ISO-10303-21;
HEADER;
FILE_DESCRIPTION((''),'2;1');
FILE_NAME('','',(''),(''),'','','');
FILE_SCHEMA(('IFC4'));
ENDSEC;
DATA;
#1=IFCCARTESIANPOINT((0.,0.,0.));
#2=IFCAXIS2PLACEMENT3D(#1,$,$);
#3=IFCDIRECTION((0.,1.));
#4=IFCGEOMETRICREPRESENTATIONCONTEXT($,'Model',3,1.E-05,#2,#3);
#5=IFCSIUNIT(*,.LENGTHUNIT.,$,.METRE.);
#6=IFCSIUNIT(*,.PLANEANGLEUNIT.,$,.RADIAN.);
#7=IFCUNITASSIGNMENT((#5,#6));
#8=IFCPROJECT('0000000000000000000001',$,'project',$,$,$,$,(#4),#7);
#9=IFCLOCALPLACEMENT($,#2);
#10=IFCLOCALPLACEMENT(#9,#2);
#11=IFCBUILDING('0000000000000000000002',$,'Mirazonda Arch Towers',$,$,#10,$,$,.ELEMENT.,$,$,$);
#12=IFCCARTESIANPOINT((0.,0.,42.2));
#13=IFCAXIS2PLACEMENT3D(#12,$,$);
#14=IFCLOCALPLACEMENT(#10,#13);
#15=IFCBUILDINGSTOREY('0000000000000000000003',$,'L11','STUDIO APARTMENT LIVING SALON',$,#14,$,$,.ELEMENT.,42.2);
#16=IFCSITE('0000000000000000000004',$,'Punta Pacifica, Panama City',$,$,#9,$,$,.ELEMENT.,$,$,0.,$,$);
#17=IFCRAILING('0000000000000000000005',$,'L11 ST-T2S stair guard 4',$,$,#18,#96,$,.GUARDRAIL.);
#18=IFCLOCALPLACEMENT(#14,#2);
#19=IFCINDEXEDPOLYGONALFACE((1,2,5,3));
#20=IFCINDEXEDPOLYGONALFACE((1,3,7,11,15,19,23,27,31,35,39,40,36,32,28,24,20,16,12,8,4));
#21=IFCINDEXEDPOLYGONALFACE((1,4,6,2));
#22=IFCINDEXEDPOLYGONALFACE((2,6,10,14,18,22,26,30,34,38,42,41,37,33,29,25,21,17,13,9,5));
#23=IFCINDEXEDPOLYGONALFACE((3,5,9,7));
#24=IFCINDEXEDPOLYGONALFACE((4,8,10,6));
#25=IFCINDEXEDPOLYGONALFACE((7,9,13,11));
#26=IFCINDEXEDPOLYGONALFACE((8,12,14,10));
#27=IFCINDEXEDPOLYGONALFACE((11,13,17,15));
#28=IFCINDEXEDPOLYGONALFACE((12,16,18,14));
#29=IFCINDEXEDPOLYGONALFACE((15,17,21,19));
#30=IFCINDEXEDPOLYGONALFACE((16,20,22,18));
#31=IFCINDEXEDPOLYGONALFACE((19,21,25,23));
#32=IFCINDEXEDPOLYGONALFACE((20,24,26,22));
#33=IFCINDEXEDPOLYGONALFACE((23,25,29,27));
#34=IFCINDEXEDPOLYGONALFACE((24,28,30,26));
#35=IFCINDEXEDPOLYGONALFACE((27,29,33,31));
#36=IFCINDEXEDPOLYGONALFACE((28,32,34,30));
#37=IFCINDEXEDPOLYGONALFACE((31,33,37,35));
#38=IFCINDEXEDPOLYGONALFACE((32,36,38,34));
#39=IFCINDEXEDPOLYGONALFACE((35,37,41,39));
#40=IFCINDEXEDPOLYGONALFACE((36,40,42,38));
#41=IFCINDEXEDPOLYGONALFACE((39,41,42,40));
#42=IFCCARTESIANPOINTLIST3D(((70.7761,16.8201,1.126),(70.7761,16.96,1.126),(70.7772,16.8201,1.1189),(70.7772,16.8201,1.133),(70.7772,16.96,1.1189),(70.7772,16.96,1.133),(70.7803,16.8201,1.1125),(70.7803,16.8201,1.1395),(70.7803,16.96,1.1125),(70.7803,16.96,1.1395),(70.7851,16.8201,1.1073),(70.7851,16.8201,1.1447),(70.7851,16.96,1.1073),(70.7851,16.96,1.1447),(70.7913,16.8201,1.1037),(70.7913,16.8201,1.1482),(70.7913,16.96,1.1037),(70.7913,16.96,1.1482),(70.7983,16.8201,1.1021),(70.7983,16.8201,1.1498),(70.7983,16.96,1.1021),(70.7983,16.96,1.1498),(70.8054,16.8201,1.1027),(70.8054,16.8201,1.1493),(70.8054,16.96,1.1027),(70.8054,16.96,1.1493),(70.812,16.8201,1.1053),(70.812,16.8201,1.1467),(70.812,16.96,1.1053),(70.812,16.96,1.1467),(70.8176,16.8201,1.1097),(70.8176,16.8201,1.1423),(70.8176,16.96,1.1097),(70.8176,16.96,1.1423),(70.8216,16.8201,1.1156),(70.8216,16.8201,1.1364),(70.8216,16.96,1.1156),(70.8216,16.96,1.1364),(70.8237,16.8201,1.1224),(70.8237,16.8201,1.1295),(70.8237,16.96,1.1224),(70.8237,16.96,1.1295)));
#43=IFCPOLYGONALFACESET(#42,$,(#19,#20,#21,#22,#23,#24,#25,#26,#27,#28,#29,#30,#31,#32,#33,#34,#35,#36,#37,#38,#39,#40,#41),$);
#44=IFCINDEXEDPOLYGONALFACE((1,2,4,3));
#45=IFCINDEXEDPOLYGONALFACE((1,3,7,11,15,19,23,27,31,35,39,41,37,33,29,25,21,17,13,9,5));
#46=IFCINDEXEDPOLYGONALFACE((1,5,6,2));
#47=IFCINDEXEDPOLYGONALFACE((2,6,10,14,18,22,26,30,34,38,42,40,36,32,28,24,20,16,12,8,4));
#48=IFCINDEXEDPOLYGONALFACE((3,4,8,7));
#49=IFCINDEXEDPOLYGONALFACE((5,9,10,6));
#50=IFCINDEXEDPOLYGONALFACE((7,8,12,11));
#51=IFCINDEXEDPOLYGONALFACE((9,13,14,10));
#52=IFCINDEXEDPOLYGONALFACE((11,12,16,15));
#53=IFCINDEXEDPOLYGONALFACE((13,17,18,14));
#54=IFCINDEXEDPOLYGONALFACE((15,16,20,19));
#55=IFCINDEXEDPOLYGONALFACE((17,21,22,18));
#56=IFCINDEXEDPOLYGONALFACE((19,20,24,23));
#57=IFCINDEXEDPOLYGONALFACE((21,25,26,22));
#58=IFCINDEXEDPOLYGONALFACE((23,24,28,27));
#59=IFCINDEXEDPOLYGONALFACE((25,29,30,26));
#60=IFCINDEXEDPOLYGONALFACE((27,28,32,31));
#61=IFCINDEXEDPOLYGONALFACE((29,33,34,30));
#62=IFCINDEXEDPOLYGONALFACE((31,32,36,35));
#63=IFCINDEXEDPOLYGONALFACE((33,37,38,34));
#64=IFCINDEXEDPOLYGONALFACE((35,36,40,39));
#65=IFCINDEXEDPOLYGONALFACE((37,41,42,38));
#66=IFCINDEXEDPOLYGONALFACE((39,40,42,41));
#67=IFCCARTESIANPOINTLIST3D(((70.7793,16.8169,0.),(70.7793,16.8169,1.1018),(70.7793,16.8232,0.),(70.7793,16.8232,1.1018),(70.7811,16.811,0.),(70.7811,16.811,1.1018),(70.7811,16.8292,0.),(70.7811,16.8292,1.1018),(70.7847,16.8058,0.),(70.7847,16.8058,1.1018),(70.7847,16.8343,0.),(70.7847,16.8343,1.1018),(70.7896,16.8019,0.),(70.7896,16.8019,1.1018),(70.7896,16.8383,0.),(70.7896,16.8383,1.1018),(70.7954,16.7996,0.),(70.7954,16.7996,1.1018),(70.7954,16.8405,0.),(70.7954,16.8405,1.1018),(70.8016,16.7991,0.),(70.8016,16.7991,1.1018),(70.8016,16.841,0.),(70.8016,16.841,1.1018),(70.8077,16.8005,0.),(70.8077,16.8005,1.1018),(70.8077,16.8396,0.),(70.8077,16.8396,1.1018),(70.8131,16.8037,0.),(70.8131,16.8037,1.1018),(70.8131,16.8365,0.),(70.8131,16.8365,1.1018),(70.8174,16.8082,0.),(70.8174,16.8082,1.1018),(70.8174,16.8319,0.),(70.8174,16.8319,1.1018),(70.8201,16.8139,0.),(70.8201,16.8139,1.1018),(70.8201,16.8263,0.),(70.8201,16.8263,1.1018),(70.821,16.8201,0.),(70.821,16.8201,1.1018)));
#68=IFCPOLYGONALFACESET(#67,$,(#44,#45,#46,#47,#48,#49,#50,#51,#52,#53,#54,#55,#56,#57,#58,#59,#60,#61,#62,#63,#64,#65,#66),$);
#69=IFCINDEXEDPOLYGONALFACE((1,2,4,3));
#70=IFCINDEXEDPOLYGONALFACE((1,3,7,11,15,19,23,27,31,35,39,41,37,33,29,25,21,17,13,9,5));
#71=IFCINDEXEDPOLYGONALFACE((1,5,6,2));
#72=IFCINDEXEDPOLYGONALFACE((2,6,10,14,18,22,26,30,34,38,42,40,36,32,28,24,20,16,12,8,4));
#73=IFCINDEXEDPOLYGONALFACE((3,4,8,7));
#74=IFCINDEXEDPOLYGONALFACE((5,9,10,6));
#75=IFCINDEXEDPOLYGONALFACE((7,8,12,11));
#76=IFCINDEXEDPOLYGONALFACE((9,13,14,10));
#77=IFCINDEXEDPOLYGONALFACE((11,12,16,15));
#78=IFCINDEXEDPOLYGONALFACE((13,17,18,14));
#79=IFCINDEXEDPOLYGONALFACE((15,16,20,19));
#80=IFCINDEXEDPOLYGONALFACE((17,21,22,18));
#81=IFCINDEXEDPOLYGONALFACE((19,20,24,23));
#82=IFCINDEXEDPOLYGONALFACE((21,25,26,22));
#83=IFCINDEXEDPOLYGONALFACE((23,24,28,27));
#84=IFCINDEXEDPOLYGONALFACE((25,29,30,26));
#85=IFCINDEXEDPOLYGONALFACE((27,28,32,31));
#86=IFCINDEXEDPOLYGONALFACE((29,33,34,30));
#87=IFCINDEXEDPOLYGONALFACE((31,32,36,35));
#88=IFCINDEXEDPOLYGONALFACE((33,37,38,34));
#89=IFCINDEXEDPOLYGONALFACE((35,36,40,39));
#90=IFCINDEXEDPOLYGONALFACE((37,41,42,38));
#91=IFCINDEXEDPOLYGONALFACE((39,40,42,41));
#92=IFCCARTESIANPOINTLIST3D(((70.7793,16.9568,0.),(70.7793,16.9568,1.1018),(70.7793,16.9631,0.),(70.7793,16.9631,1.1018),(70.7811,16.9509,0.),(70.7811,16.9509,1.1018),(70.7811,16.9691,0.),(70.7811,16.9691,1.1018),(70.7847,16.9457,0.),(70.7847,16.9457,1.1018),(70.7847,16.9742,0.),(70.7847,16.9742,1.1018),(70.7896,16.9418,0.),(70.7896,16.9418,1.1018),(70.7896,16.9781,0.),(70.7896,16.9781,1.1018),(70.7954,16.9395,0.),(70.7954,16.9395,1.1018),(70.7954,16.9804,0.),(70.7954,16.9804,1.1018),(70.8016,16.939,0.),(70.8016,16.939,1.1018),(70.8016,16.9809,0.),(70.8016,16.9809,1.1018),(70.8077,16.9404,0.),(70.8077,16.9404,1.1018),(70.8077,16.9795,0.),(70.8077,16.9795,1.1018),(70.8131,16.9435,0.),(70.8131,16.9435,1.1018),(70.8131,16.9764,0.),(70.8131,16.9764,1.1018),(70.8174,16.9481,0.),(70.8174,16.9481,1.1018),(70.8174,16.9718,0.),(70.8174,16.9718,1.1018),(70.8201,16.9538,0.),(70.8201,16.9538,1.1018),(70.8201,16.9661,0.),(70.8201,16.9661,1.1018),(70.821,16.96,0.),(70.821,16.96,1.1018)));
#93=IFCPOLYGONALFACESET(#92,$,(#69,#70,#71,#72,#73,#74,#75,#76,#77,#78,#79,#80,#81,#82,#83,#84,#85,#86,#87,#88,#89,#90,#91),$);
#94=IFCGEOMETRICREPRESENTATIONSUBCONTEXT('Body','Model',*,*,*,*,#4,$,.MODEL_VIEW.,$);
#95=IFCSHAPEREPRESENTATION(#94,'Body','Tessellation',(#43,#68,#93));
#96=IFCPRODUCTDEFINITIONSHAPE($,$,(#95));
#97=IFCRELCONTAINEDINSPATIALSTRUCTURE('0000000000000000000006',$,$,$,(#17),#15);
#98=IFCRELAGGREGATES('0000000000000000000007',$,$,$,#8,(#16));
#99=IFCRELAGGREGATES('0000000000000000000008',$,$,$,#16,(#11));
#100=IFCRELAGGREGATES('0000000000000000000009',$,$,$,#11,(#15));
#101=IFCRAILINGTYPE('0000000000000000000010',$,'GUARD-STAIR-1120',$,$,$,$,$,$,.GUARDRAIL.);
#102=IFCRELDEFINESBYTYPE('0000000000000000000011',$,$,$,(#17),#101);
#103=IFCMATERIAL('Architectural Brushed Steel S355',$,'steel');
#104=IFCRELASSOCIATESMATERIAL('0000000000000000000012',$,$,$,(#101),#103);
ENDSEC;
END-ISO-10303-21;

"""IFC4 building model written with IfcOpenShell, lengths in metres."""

from ifc_helpers import new_model, si_unit, direction, frame, origin, origin_2d, place, context, subcontext, project, spatial, circle, extrude, material, type_object, element, save


model = new_model("IFC4")

# Units and contexts
model_context = context("Model", 3, precision=1e-05, world=origin(), true_north=direction((0.0, 1.0)))
body_context = subcontext(model_context, "Body", "Model", "MODEL_VIEW")
ifc_project = project(units=[si_unit("LENGTHUNIT", "METRE"), si_unit("PLANEANGLEUNIT", "RADIAN")], contexts=[model_context])

# Site, building, storey
site_placement = place(None, origin())
site = spatial("IfcSite", under=ifc_project, at=site_placement, Name="Punta Pacifica, Panama City", CompositionType="ELEMENT", RefElevation=0.0)
building_placement = place(site_placement, origin())
building = spatial("IfcBuilding", under=site, at=building_placement, Name="Mirazonda Arch Towers", CompositionType="ELEMENT")
storey_placement = place(building_placement, frame((0.0, 0.0, 42.2)))
storey = spatial("IfcBuildingStorey", under=building, at=storey_placement, Name="L11", Description="STUDIO APARTMENT LIVING SALON", CompositionType="ELEMENT", Elevation=42.2)

# Shared definitions
ifc_material_1 = material(Name="Architectural Brushed Steel S355", Category="steel")

# Railing
railing_type_1 = type_object("IfcRailingType", Name="GUARD-STAIR-1120", PredefinedType="GUARDRAIL", material=ifc_material_1)
railing_1_placement = place(storey_placement, frame((70.8, 16.8201, 0.0)))
element("IfcRailing", 1, at=railing_1_placement, inside=storey, type_object=railing_type_1, Name="L11 ST-T2S stair guard 4", PredefinedType="GUARDRAIL", context=body_context, shape_type="SweptSolid", body=[
    extrude(circle(Radius=0.0239, at=origin_2d()), frame((0.0, 0.0, 1.126), z_axis=(0.0, 1.0, 0.0), x_axis=(-1.0, 0.0, 0.0)), (0.0, 0.0, 1.0), 0.1399),
    extrude(circle(Radius=0.021, at=origin_2d()), origin(), (0.0, 0.0, 1.0), 1.1018),
    extrude(circle(Radius=0.021, at=origin_2d()), frame((0.0, 0.1399, 0.0)), (0.0, 0.0, 1.0), 1.1018),
])

save(model, "model.ifc")
